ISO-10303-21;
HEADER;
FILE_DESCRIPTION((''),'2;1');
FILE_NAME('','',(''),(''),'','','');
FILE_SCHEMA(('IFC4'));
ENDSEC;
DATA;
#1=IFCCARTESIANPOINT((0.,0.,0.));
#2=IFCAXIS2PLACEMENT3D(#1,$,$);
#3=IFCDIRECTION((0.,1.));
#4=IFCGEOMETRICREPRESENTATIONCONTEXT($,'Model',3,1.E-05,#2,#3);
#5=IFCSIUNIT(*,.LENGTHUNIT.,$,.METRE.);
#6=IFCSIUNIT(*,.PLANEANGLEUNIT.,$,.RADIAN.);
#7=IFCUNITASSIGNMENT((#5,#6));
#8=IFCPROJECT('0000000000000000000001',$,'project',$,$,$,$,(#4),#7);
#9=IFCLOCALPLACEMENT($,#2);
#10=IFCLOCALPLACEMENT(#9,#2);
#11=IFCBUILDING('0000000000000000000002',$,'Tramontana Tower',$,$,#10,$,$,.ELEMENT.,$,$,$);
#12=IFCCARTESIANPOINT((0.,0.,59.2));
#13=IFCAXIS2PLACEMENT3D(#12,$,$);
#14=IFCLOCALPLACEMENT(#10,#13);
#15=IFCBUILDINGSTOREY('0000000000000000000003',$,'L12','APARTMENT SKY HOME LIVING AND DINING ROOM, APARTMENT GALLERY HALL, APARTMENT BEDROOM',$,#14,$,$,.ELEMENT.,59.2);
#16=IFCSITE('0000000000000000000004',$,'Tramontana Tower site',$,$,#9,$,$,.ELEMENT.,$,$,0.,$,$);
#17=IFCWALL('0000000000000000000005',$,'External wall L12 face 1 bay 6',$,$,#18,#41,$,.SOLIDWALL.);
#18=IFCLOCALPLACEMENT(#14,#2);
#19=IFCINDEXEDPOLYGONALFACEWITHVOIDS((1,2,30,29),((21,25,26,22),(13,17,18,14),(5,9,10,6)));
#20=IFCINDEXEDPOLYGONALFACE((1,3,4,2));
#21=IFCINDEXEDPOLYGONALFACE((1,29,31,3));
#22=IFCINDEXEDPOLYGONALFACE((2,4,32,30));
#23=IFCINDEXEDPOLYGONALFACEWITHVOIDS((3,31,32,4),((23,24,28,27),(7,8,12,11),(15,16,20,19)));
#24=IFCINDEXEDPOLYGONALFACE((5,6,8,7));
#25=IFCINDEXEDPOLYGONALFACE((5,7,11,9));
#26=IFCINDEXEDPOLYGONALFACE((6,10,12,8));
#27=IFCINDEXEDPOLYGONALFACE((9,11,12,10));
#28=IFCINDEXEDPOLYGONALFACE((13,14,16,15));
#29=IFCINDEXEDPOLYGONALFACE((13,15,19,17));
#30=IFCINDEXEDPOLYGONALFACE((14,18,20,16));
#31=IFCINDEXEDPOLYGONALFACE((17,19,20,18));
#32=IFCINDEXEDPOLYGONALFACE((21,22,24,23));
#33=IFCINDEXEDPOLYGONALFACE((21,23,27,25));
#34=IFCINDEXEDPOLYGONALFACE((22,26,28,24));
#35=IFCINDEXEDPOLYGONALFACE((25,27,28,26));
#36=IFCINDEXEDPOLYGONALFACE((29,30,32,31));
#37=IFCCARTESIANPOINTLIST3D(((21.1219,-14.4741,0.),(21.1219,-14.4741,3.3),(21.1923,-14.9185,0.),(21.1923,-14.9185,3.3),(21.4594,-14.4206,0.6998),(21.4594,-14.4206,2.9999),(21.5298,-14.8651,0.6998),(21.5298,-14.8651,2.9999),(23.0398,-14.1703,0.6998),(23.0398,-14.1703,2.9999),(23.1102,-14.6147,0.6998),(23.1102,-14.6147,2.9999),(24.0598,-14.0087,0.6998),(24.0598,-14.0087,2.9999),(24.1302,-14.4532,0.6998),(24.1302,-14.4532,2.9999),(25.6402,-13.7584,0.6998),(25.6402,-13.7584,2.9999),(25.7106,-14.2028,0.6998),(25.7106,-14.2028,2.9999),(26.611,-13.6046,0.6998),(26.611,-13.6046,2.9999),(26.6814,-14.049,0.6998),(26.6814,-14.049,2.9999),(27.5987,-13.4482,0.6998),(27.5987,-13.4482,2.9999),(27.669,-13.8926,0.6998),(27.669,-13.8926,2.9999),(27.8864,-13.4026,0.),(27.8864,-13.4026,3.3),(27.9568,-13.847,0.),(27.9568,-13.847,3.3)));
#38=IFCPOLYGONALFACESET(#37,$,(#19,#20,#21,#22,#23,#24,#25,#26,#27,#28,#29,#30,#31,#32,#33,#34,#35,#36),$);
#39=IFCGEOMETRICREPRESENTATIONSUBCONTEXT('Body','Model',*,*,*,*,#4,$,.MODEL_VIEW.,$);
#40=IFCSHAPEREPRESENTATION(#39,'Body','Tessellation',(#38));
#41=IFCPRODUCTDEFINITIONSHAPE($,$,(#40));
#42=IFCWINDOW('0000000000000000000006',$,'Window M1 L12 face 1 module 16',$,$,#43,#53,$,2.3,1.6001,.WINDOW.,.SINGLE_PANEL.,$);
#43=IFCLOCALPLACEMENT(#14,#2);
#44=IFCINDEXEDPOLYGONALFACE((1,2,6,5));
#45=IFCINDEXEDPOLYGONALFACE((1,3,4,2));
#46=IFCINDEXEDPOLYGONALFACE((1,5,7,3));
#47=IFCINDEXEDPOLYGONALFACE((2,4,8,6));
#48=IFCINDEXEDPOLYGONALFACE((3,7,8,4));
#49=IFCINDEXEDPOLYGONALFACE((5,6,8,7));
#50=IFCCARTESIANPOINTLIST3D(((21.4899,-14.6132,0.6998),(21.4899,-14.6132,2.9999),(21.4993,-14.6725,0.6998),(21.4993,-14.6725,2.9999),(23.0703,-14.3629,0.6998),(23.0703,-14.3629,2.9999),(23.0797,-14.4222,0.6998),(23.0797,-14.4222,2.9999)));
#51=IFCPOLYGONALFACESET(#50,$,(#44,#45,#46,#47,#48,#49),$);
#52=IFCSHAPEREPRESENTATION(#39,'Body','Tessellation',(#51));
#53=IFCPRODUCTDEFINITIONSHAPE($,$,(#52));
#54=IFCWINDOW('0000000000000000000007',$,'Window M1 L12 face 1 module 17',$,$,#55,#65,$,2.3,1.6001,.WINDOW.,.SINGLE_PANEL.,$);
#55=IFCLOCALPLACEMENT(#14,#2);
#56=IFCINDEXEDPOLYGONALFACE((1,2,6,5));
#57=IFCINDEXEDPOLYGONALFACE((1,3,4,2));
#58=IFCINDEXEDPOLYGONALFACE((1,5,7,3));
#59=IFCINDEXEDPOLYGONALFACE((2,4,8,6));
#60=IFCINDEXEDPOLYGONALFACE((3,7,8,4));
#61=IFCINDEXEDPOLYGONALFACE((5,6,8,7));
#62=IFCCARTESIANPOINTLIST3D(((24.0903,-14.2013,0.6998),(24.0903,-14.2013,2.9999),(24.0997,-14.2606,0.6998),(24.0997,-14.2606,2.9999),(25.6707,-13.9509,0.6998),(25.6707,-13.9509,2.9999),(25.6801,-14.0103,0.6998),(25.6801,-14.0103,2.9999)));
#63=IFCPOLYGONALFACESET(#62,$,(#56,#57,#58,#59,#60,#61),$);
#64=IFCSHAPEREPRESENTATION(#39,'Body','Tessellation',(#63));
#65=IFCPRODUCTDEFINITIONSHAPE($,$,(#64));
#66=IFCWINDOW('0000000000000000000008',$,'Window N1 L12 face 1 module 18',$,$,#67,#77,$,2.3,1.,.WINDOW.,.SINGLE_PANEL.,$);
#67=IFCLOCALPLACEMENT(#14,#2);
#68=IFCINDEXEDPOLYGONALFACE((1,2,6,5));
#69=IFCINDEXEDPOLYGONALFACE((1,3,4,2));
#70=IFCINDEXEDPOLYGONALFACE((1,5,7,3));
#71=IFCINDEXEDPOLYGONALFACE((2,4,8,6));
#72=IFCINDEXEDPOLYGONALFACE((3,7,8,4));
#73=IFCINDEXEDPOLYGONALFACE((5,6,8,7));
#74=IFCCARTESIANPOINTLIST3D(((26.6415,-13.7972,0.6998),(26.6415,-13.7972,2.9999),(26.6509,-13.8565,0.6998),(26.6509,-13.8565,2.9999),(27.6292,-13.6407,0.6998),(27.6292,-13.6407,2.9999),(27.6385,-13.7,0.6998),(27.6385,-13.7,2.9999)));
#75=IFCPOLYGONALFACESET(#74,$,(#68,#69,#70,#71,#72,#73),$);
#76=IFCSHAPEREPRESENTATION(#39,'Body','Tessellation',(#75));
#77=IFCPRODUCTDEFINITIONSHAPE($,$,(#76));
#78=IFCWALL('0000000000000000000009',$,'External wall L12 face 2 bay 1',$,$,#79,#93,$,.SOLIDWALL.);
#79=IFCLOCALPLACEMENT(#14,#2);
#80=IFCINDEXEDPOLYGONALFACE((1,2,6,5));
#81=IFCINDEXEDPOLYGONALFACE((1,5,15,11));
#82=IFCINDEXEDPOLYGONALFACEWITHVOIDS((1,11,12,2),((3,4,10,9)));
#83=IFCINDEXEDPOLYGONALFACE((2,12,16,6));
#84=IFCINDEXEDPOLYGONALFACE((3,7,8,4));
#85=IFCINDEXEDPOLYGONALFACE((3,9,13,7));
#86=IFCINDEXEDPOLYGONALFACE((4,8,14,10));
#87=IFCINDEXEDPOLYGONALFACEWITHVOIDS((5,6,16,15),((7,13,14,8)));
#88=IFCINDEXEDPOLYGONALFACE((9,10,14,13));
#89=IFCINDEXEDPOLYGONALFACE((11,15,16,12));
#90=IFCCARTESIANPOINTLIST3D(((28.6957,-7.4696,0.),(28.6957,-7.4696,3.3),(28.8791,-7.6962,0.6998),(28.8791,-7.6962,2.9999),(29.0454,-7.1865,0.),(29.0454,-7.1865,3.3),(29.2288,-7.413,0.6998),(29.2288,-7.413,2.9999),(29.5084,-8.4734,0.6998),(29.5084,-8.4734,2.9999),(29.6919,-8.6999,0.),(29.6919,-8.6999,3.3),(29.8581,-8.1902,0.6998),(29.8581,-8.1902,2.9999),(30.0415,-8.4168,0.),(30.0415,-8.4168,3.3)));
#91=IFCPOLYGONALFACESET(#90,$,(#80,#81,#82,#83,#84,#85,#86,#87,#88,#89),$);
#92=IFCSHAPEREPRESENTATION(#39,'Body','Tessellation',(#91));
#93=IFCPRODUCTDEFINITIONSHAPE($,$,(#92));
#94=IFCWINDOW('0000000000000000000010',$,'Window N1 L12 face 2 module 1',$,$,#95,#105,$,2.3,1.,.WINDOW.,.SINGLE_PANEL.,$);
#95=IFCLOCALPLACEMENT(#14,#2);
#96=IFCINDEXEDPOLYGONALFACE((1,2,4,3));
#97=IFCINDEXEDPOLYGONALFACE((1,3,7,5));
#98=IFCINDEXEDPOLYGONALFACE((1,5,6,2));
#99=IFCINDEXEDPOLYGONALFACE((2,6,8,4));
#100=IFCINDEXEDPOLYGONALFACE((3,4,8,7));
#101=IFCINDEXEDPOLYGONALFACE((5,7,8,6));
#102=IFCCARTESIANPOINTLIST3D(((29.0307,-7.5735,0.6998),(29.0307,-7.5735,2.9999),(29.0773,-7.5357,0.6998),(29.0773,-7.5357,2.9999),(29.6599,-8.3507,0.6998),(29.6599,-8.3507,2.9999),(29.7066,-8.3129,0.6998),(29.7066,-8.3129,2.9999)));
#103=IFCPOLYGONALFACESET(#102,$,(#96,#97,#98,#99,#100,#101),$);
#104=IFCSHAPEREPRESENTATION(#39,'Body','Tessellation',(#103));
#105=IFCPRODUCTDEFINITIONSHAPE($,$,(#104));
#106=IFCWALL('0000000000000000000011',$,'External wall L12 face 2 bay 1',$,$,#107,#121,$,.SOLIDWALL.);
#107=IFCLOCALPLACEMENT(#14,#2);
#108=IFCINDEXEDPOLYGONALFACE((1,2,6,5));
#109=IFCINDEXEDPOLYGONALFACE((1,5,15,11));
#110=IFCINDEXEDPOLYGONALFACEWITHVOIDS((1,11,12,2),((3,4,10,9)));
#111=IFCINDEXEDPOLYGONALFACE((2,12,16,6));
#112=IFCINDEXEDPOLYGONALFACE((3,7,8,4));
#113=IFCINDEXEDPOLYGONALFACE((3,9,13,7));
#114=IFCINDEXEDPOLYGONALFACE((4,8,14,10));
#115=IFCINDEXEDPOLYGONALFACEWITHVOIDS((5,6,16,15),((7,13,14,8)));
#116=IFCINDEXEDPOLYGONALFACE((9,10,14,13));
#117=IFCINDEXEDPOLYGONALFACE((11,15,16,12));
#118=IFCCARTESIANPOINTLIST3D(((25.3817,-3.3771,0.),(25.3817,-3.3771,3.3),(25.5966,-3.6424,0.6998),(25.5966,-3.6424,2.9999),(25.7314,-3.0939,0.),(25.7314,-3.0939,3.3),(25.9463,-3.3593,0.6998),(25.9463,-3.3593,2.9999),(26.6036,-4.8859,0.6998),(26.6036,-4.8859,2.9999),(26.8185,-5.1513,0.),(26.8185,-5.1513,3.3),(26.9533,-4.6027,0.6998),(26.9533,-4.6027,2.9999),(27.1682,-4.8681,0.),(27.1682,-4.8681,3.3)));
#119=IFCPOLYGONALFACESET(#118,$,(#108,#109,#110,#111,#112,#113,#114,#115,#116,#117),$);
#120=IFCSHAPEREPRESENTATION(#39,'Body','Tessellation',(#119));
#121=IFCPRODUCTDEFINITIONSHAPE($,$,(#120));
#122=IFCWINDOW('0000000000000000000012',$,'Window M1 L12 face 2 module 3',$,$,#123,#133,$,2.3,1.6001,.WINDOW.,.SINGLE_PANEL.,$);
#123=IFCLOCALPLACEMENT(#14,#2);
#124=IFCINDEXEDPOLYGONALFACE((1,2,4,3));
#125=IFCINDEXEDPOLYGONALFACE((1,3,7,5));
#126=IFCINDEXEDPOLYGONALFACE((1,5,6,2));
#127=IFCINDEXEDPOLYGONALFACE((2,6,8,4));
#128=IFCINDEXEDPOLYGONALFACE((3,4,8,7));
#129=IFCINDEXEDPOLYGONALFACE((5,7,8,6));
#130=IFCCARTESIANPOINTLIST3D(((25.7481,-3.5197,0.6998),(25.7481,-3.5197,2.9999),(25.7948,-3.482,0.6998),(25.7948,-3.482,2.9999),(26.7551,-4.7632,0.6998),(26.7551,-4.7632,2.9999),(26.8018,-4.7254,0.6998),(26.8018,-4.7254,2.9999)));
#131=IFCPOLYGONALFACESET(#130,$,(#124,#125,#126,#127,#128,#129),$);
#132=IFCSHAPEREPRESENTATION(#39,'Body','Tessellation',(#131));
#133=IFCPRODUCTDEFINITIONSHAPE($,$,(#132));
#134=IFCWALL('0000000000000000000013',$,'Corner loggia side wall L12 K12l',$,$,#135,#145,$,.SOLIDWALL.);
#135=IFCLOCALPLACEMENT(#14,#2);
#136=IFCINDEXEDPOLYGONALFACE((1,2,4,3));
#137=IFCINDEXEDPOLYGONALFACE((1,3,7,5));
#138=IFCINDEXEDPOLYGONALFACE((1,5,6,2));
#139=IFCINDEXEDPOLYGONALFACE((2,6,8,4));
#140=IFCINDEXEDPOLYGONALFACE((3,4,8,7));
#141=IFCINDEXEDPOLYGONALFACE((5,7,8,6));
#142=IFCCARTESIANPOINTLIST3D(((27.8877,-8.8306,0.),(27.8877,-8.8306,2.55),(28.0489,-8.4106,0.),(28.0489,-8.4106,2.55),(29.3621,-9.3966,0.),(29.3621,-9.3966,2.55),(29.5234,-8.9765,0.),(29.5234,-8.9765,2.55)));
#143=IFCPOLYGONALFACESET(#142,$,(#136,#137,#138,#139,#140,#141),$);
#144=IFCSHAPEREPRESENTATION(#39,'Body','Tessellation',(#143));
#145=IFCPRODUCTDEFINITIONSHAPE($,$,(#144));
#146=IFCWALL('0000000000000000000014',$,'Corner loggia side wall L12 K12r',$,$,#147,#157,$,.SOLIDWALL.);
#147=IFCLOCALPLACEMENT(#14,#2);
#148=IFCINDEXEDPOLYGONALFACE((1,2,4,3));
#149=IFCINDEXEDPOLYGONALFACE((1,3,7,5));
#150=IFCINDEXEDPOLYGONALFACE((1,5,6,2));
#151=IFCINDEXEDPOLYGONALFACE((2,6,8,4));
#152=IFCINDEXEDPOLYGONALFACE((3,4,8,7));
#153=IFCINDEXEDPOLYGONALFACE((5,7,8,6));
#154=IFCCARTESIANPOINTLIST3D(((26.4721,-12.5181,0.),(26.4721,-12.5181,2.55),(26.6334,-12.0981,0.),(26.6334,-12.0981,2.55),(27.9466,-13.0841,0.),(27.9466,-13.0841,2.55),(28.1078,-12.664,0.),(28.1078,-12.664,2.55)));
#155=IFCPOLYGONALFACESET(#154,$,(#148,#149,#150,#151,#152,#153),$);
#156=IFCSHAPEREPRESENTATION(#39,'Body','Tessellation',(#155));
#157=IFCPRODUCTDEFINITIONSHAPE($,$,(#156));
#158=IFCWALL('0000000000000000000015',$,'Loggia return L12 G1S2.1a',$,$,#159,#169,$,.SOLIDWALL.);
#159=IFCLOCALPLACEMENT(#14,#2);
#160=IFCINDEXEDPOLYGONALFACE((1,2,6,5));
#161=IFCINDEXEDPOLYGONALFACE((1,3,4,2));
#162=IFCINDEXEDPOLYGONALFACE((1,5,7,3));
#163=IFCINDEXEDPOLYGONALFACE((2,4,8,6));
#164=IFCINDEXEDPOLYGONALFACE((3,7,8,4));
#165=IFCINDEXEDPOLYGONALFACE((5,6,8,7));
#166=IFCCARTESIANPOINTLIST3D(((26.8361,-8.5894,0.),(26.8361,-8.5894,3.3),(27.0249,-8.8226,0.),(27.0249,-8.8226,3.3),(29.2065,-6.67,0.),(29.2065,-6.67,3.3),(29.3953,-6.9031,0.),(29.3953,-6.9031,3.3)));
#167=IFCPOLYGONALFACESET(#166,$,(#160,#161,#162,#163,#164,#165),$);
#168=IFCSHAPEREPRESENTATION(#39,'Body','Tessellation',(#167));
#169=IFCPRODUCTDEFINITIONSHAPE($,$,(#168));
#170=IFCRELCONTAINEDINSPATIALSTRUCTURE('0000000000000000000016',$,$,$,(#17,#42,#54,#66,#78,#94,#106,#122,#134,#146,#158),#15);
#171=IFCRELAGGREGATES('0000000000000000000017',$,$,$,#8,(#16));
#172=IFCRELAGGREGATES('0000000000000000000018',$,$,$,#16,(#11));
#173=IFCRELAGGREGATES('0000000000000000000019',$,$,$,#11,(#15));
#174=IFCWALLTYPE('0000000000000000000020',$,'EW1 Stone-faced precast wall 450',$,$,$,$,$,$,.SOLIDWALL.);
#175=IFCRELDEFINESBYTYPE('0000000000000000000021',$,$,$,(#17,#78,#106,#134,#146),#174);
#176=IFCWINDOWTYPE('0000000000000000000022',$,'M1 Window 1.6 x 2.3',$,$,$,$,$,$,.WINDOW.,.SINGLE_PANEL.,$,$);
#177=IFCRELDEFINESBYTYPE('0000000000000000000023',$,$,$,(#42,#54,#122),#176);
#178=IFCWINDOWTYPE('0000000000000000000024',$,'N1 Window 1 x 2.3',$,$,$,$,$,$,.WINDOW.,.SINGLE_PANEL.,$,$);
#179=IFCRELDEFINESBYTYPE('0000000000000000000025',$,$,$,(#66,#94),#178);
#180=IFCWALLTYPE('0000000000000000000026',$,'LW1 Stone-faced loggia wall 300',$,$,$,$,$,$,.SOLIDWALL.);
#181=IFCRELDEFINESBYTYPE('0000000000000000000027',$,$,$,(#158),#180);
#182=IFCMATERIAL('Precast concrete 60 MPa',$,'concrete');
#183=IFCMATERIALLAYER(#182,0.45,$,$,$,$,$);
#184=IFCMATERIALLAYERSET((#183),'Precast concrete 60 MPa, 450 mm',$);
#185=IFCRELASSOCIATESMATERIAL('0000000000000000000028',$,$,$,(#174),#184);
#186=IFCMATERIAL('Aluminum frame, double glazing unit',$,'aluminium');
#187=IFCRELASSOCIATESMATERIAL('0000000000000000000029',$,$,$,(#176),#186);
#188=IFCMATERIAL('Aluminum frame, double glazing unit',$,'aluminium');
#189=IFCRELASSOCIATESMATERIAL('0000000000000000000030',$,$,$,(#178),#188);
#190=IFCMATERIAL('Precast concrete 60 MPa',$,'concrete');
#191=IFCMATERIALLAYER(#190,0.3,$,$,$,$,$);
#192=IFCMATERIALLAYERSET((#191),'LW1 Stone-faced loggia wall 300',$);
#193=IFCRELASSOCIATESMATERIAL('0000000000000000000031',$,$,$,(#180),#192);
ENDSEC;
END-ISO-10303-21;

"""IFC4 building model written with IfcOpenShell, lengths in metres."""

from ifc_helpers import new_model, si_unit, direction, frame, frame_2d, origin, place, context, subcontext, project, spatial, rectangle, extrude, material, layer, layer_set, type_object, element, fill, save


model = new_model("IFC4")

# Units and contexts
model_context = context("Model", 3, precision=1e-05, world=origin(), true_north=direction((0.0, 1.0)))
body_context = subcontext(model_context, "Body", "Model", "MODEL_VIEW")
ifc_project = project(units=[si_unit("LENGTHUNIT", "METRE"), si_unit("PLANEANGLEUNIT", "RADIAN")], contexts=[model_context])

# Site, building, storey
site_placement = place(None, origin())
site = spatial("IfcSite", under=ifc_project, at=site_placement, Name="Tramontana Tower site", CompositionType="ELEMENT", RefElevation=0.0)
building_placement = place(site_placement, origin())
building = spatial("IfcBuilding", under=site, at=building_placement, Name="Tramontana Tower", CompositionType="ELEMENT")
storey_placement = place(building_placement, frame((0.0, 0.0, 59.2)))
storey = spatial("IfcBuildingStorey", under=building, at=storey_placement, Name="L12", Description="APARTMENT SKY HOME LIVING AND DINING ROOM, APARTMENT GALLERY HALL, APARTMENT BEDROOM", CompositionType="ELEMENT", Elevation=59.2)

# Wall, openings, windows
ifc_material_1 = material(Name="Precast concrete 60 MPa", Category="concrete")
ifc_layer_1 = layer(ifc_material_1, 0.45)
ifc_layer_set_1 = layer_set([ifc_layer_1], Name="Precast concrete 60 MPa, 450 mm")
wall_type_1 = type_object("IfcWallType", Name="EW1 Stone-faced precast wall 450", PredefinedType="SOLIDWALL", material=ifc_layer_set_1)
wall_1_placement = place(storey_placement, frame((21.1572, -14.6963, 0.0), z_axis=(0.0, 0.0, 1.0), x_axis=(0.987686, 0.156451, 0.0)))
wall_1 = element("IfcWall", 1, at=wall_1_placement, inside=storey, type_object=wall_type_1, Name="External wall L12 face 1 bay 6", PredefinedType="SOLIDWALL", context=body_context, shape_type="SweptSolid", body=[
    extrude(rectangle(XDim=6.8489, YDim=0.45, at=frame_2d((3.4243, 0.0))), origin(), (0.0, 0.0, 1.0), 3.3),
])
opening_1_placement = place(wall_1_placement, frame((0.3416, 0.0, 0.7)))
opening_1 = element("IfcOpeningElement", 2, at=opening_1_placement, cuts=wall_1, PredefinedType="OPENING", context=body_context, shape_type="SweptSolid", body=[
    extrude(rectangle(XDim=1.6001, YDim=2.3, at=frame_2d((0.8, 1.1499))), frame((0.0, 0.2349, 0.0), z_axis=(0.0, -1.0, 0.0), x_axis=(1.0, 0.0, 0.0)), (0.0, 0.0, 1.0), 0.47),
])
opening_2_placement = place(wall_1_placement, frame((2.9744, 0.0, 0.7)))
opening_2 = element("IfcOpeningElement", 3, at=opening_2_placement, cuts=wall_1, PredefinedType="OPENING", context=body_context, shape_type="SweptSolid", body=[
    extrude(rectangle(XDim=1.6001, YDim=2.3, at=frame_2d((0.8, 1.1499))), frame((0.0, 0.2349, 0.0), z_axis=(0.0, -1.0, 0.0), x_axis=(1.0, 0.0, 0.0)), (0.0, 0.0, 1.0), 0.47),
])
opening_3_placement = place(wall_1_placement, frame((5.5574, 0.0, 0.7)))
opening_3 = element("IfcOpeningElement", 4, at=opening_3_placement, cuts=wall_1, PredefinedType="OPENING", context=body_context, shape_type="SweptSolid", body=[
    extrude(rectangle(XDim=1.0, YDim=2.3, at=frame_2d((0.5, 1.1499))), frame((0.0, 0.2349, 0.0), z_axis=(0.0, -1.0, 0.0), x_axis=(1.0, 0.0, 0.0)), (0.0, 0.0, 1.0), 0.47),
])
ifc_material_2 = material(Name="Aluminum frame, double glazing unit", Category="aluminium")
window_type_1 = type_object("IfcWindowType", Name="M1 Window 1.6 x 2.3", PartitioningType="SINGLE_PANEL", PredefinedType="WINDOW", material=ifc_material_2)
window_1_placement = place(opening_1_placement, origin())
window_1 = element("IfcWindow", 5, at=window_1_placement, inside=storey, type_object=window_type_1, Name="Window M1 L12 face 1 module 16", OverallHeight=2.3, OverallWidth=1.6001, PartitioningType="SINGLE_PANEL", PredefinedType="WINDOW", context=body_context, shape_type="SweptSolid", body=[
    extrude(rectangle(XDim=1.6001, YDim=2.3, at=frame_2d((0.8, 1.1499))), frame((0.0, 0.03, 0.0), z_axis=(0.0, -1.0, 0.0), x_axis=(1.0, 0.0, 0.0)), (0.0, 0.0, 1.0), 0.0601),
])
fill(opening_1, window_1)
window_2_placement = place(opening_2_placement, origin())
window_2 = element("IfcWindow", 6, at=window_2_placement, inside=storey, type_object=window_type_1, Name="Window M1 L12 face 1 module 17", OverallHeight=2.3, OverallWidth=1.6001, PartitioningType="SINGLE_PANEL", PredefinedType="WINDOW", context=body_context, shape_type="SweptSolid", body=[
    extrude(rectangle(XDim=1.6001, YDim=2.3, at=frame_2d((0.8, 1.1499))), frame((0.0, 0.03, 0.0), z_axis=(0.0, -1.0, 0.0), x_axis=(1.0, 0.0, 0.0)), (0.0, 0.0, 1.0), 0.0601),
])
fill(opening_2, window_2)
ifc_material_3 = material(Name="Aluminum frame, double glazing unit", Category="aluminium")
window_type_2 = type_object("IfcWindowType", Name="N1 Window 1 x 2.3", PartitioningType="SINGLE_PANEL", PredefinedType="WINDOW", material=ifc_material_3)
window_3_placement = place(opening_3_placement, origin())
window_3 = element("IfcWindow", 7, at=window_3_placement, inside=storey, type_object=window_type_2, Name="Window N1 L12 face 1 module 18", OverallHeight=2.3, OverallWidth=1.0, PartitioningType="SINGLE_PANEL", PredefinedType="WINDOW", context=body_context, shape_type="SweptSolid", body=[
    extrude(rectangle(XDim=1.0, YDim=2.3, at=frame_2d((0.5, 1.1499))), frame((0.0, 0.03, 0.0), z_axis=(0.0, -1.0, 0.0), x_axis=(1.0, 0.0, 0.0)), (0.0, 0.0, 1.0), 0.0601),
])
fill(opening_3, window_3)

# Walls, openings, windows
wall_2_placement = place(storey_placement, frame((29.8667, -8.5583, 0.0), z_axis=(0.0, 0.0, 1.0), x_axis=(-0.629274, 0.777184, 0.0)))
wall_2 = element("IfcWall", 8, at=wall_2_placement, inside=storey, type_object=wall_type_1, Name="External wall L12 face 2 bay 1", PredefinedType="SOLIDWALL", context=body_context, shape_type="SweptSolid", body=[
    extrude(rectangle(XDim=1.583, YDim=0.45, at=frame_2d((0.7915, 0.0))), origin(), (0.0, 0.0, 1.0), 3.3),
])
opening_4_placement = place(wall_2_placement, frame((0.2915, 0.0, 0.7)))
opening_4 = element("IfcOpeningElement", 9, at=opening_4_placement, cuts=wall_2, PredefinedType="OPENING", context=body_context, shape_type="SweptSolid", body=[
    extrude(rectangle(XDim=1.0, YDim=2.3, at=frame_2d((0.5, 1.1499))), frame((0.0, 0.2349, 0.0), z_axis=(0.0, -1.0, 0.0), x_axis=(1.0, 0.0, 0.0)), (0.0, 0.0, 1.0), 0.47),
])
window_4_placement = place(opening_4_placement, origin())
window_4 = element("IfcWindow", 10, at=window_4_placement, inside=storey, type_object=window_type_2, Name="Window N1 L12 face 2 module 1", OverallHeight=2.3, OverallWidth=1.0, PartitioningType="SINGLE_PANEL", PredefinedType="WINDOW", context=body_context, shape_type="SweptSolid", body=[
    extrude(rectangle(XDim=1.0, YDim=2.3, at=frame_2d((0.5, 1.1499))), frame((0.0, 0.03, 0.0), z_axis=(0.0, -1.0, 0.0), x_axis=(1.0, 0.0, 0.0)), (0.0, 0.0, 1.0), 0.0601),
])
fill(opening_4, window_4)
wall_3_placement = place(storey_placement, frame((26.9934, -5.0098, 0.0), z_axis=(0.0, 0.0, 1.0), x_axis=(-0.62934, 0.77713, 0.0)))
wall_3 = element("IfcWall", 11, at=wall_3_placement, inside=storey, type_object=wall_type_1, Name="External wall L12 face 2 bay 1", PredefinedType="SOLIDWALL", context=body_context, shape_type="SweptSolid", body=[
    extrude(rectangle(XDim=2.283, YDim=0.45, at=frame_2d((1.1416, 0.0))), origin(), (0.0, 0.0, 1.0), 3.3),
])
opening_5_placement = place(wall_3_placement, frame((0.3416, 0.0, 0.7)))
opening_5 = element("IfcOpeningElement", 12, at=opening_5_placement, cuts=wall_3, PredefinedType="OPENING", context=body_context, shape_type="SweptSolid", body=[
    extrude(rectangle(XDim=1.6001, YDim=2.3, at=frame_2d((0.8, 1.1499))), frame((0.0, 0.2349, 0.0), z_axis=(0.0, -1.0, 0.0), x_axis=(1.0, 0.0, 0.0)), (0.0, 0.0, 1.0), 0.47),
])
window_5_placement = place(opening_5_placement, origin())
window_5 = element("IfcWindow", 13, at=window_5_placement, inside=storey, type_object=window_type_1, Name="Window M1 L12 face 2 module 3", OverallHeight=2.3, OverallWidth=1.6001, PartitioningType="SINGLE_PANEL", PredefinedType="WINDOW", context=body_context, shape_type="SweptSolid", body=[
    extrude(rectangle(XDim=1.6001, YDim=2.3, at=frame_2d((0.8, 1.1499))), frame((0.0, 0.03, 0.0), z_axis=(0.0, -1.0, 0.0), x_axis=(1.0, 0.0, 0.0)), (0.0, 0.0, 1.0), 0.0601),
])
fill(opening_5, window_5)

# Walls
for number, where, z_axis, x_axis, name in (
    (14, (29.4426, -9.1865, 0.0), (0.0, 0.0, 1.0), (-0.933588, 0.358347, 0.0), "Corner loggia side wall L12 K12l"),
    (15, (28.0271, -12.874, 0.0), (0.0, 0.0, 1.0), (-0.933588, 0.358347, 0.0), "Corner loggia side wall L12 K12r"),
):
    element("IfcWall", number, at=place(storey_placement, frame(where, z_axis=z_axis, x_axis=x_axis)), inside=storey, type_object=wall_type_1, Name=name, PredefinedType="SOLIDWALL", context=body_context, shape_type="SweptSolid", body=[
        extrude(rectangle(XDim=1.5793, YDim=0.45, at=frame_2d((0.7896, 0.0))), origin(), (0.0, 0.0, 1.0), 2.55),
    ])

# Shared definitions
ifc_material_4 = material(Name="Precast concrete 60 MPa", Category="concrete")
ifc_layer_2 = layer(ifc_material_4, 0.3)
ifc_layer_set_2 = layer_set([ifc_layer_2], Name="LW1 Stone-faced loggia wall 300")
wall_type_2 = type_object("IfcWallType", Name="LW1 Stone-faced loggia wall 300", PredefinedType="SOLIDWALL", material=ifc_layer_set_2)

# Wall
for number, where, z_axis, x_axis, name in (
    (16, (29.3008, -6.7866, 0.0), (0.0, 0.0, 1.0), (-0.777154, -0.629311, 0.0), "Loggia return L12 G1S2.1a"),
):
    element("IfcWall", number, at=place(storey_placement, frame(where, z_axis=z_axis, x_axis=x_axis)), inside=storey, type_object=wall_type_2, Name=name, PredefinedType="SOLIDWALL", context=body_context, shape_type="SweptSolid", body=[
        extrude(rectangle(XDim=3.05, YDim=0.3, at=frame_2d((1.5249, 0.0))), origin(), (0.0, 0.0, 1.0), 3.3),
    ])

save(model, "model.ifc")
